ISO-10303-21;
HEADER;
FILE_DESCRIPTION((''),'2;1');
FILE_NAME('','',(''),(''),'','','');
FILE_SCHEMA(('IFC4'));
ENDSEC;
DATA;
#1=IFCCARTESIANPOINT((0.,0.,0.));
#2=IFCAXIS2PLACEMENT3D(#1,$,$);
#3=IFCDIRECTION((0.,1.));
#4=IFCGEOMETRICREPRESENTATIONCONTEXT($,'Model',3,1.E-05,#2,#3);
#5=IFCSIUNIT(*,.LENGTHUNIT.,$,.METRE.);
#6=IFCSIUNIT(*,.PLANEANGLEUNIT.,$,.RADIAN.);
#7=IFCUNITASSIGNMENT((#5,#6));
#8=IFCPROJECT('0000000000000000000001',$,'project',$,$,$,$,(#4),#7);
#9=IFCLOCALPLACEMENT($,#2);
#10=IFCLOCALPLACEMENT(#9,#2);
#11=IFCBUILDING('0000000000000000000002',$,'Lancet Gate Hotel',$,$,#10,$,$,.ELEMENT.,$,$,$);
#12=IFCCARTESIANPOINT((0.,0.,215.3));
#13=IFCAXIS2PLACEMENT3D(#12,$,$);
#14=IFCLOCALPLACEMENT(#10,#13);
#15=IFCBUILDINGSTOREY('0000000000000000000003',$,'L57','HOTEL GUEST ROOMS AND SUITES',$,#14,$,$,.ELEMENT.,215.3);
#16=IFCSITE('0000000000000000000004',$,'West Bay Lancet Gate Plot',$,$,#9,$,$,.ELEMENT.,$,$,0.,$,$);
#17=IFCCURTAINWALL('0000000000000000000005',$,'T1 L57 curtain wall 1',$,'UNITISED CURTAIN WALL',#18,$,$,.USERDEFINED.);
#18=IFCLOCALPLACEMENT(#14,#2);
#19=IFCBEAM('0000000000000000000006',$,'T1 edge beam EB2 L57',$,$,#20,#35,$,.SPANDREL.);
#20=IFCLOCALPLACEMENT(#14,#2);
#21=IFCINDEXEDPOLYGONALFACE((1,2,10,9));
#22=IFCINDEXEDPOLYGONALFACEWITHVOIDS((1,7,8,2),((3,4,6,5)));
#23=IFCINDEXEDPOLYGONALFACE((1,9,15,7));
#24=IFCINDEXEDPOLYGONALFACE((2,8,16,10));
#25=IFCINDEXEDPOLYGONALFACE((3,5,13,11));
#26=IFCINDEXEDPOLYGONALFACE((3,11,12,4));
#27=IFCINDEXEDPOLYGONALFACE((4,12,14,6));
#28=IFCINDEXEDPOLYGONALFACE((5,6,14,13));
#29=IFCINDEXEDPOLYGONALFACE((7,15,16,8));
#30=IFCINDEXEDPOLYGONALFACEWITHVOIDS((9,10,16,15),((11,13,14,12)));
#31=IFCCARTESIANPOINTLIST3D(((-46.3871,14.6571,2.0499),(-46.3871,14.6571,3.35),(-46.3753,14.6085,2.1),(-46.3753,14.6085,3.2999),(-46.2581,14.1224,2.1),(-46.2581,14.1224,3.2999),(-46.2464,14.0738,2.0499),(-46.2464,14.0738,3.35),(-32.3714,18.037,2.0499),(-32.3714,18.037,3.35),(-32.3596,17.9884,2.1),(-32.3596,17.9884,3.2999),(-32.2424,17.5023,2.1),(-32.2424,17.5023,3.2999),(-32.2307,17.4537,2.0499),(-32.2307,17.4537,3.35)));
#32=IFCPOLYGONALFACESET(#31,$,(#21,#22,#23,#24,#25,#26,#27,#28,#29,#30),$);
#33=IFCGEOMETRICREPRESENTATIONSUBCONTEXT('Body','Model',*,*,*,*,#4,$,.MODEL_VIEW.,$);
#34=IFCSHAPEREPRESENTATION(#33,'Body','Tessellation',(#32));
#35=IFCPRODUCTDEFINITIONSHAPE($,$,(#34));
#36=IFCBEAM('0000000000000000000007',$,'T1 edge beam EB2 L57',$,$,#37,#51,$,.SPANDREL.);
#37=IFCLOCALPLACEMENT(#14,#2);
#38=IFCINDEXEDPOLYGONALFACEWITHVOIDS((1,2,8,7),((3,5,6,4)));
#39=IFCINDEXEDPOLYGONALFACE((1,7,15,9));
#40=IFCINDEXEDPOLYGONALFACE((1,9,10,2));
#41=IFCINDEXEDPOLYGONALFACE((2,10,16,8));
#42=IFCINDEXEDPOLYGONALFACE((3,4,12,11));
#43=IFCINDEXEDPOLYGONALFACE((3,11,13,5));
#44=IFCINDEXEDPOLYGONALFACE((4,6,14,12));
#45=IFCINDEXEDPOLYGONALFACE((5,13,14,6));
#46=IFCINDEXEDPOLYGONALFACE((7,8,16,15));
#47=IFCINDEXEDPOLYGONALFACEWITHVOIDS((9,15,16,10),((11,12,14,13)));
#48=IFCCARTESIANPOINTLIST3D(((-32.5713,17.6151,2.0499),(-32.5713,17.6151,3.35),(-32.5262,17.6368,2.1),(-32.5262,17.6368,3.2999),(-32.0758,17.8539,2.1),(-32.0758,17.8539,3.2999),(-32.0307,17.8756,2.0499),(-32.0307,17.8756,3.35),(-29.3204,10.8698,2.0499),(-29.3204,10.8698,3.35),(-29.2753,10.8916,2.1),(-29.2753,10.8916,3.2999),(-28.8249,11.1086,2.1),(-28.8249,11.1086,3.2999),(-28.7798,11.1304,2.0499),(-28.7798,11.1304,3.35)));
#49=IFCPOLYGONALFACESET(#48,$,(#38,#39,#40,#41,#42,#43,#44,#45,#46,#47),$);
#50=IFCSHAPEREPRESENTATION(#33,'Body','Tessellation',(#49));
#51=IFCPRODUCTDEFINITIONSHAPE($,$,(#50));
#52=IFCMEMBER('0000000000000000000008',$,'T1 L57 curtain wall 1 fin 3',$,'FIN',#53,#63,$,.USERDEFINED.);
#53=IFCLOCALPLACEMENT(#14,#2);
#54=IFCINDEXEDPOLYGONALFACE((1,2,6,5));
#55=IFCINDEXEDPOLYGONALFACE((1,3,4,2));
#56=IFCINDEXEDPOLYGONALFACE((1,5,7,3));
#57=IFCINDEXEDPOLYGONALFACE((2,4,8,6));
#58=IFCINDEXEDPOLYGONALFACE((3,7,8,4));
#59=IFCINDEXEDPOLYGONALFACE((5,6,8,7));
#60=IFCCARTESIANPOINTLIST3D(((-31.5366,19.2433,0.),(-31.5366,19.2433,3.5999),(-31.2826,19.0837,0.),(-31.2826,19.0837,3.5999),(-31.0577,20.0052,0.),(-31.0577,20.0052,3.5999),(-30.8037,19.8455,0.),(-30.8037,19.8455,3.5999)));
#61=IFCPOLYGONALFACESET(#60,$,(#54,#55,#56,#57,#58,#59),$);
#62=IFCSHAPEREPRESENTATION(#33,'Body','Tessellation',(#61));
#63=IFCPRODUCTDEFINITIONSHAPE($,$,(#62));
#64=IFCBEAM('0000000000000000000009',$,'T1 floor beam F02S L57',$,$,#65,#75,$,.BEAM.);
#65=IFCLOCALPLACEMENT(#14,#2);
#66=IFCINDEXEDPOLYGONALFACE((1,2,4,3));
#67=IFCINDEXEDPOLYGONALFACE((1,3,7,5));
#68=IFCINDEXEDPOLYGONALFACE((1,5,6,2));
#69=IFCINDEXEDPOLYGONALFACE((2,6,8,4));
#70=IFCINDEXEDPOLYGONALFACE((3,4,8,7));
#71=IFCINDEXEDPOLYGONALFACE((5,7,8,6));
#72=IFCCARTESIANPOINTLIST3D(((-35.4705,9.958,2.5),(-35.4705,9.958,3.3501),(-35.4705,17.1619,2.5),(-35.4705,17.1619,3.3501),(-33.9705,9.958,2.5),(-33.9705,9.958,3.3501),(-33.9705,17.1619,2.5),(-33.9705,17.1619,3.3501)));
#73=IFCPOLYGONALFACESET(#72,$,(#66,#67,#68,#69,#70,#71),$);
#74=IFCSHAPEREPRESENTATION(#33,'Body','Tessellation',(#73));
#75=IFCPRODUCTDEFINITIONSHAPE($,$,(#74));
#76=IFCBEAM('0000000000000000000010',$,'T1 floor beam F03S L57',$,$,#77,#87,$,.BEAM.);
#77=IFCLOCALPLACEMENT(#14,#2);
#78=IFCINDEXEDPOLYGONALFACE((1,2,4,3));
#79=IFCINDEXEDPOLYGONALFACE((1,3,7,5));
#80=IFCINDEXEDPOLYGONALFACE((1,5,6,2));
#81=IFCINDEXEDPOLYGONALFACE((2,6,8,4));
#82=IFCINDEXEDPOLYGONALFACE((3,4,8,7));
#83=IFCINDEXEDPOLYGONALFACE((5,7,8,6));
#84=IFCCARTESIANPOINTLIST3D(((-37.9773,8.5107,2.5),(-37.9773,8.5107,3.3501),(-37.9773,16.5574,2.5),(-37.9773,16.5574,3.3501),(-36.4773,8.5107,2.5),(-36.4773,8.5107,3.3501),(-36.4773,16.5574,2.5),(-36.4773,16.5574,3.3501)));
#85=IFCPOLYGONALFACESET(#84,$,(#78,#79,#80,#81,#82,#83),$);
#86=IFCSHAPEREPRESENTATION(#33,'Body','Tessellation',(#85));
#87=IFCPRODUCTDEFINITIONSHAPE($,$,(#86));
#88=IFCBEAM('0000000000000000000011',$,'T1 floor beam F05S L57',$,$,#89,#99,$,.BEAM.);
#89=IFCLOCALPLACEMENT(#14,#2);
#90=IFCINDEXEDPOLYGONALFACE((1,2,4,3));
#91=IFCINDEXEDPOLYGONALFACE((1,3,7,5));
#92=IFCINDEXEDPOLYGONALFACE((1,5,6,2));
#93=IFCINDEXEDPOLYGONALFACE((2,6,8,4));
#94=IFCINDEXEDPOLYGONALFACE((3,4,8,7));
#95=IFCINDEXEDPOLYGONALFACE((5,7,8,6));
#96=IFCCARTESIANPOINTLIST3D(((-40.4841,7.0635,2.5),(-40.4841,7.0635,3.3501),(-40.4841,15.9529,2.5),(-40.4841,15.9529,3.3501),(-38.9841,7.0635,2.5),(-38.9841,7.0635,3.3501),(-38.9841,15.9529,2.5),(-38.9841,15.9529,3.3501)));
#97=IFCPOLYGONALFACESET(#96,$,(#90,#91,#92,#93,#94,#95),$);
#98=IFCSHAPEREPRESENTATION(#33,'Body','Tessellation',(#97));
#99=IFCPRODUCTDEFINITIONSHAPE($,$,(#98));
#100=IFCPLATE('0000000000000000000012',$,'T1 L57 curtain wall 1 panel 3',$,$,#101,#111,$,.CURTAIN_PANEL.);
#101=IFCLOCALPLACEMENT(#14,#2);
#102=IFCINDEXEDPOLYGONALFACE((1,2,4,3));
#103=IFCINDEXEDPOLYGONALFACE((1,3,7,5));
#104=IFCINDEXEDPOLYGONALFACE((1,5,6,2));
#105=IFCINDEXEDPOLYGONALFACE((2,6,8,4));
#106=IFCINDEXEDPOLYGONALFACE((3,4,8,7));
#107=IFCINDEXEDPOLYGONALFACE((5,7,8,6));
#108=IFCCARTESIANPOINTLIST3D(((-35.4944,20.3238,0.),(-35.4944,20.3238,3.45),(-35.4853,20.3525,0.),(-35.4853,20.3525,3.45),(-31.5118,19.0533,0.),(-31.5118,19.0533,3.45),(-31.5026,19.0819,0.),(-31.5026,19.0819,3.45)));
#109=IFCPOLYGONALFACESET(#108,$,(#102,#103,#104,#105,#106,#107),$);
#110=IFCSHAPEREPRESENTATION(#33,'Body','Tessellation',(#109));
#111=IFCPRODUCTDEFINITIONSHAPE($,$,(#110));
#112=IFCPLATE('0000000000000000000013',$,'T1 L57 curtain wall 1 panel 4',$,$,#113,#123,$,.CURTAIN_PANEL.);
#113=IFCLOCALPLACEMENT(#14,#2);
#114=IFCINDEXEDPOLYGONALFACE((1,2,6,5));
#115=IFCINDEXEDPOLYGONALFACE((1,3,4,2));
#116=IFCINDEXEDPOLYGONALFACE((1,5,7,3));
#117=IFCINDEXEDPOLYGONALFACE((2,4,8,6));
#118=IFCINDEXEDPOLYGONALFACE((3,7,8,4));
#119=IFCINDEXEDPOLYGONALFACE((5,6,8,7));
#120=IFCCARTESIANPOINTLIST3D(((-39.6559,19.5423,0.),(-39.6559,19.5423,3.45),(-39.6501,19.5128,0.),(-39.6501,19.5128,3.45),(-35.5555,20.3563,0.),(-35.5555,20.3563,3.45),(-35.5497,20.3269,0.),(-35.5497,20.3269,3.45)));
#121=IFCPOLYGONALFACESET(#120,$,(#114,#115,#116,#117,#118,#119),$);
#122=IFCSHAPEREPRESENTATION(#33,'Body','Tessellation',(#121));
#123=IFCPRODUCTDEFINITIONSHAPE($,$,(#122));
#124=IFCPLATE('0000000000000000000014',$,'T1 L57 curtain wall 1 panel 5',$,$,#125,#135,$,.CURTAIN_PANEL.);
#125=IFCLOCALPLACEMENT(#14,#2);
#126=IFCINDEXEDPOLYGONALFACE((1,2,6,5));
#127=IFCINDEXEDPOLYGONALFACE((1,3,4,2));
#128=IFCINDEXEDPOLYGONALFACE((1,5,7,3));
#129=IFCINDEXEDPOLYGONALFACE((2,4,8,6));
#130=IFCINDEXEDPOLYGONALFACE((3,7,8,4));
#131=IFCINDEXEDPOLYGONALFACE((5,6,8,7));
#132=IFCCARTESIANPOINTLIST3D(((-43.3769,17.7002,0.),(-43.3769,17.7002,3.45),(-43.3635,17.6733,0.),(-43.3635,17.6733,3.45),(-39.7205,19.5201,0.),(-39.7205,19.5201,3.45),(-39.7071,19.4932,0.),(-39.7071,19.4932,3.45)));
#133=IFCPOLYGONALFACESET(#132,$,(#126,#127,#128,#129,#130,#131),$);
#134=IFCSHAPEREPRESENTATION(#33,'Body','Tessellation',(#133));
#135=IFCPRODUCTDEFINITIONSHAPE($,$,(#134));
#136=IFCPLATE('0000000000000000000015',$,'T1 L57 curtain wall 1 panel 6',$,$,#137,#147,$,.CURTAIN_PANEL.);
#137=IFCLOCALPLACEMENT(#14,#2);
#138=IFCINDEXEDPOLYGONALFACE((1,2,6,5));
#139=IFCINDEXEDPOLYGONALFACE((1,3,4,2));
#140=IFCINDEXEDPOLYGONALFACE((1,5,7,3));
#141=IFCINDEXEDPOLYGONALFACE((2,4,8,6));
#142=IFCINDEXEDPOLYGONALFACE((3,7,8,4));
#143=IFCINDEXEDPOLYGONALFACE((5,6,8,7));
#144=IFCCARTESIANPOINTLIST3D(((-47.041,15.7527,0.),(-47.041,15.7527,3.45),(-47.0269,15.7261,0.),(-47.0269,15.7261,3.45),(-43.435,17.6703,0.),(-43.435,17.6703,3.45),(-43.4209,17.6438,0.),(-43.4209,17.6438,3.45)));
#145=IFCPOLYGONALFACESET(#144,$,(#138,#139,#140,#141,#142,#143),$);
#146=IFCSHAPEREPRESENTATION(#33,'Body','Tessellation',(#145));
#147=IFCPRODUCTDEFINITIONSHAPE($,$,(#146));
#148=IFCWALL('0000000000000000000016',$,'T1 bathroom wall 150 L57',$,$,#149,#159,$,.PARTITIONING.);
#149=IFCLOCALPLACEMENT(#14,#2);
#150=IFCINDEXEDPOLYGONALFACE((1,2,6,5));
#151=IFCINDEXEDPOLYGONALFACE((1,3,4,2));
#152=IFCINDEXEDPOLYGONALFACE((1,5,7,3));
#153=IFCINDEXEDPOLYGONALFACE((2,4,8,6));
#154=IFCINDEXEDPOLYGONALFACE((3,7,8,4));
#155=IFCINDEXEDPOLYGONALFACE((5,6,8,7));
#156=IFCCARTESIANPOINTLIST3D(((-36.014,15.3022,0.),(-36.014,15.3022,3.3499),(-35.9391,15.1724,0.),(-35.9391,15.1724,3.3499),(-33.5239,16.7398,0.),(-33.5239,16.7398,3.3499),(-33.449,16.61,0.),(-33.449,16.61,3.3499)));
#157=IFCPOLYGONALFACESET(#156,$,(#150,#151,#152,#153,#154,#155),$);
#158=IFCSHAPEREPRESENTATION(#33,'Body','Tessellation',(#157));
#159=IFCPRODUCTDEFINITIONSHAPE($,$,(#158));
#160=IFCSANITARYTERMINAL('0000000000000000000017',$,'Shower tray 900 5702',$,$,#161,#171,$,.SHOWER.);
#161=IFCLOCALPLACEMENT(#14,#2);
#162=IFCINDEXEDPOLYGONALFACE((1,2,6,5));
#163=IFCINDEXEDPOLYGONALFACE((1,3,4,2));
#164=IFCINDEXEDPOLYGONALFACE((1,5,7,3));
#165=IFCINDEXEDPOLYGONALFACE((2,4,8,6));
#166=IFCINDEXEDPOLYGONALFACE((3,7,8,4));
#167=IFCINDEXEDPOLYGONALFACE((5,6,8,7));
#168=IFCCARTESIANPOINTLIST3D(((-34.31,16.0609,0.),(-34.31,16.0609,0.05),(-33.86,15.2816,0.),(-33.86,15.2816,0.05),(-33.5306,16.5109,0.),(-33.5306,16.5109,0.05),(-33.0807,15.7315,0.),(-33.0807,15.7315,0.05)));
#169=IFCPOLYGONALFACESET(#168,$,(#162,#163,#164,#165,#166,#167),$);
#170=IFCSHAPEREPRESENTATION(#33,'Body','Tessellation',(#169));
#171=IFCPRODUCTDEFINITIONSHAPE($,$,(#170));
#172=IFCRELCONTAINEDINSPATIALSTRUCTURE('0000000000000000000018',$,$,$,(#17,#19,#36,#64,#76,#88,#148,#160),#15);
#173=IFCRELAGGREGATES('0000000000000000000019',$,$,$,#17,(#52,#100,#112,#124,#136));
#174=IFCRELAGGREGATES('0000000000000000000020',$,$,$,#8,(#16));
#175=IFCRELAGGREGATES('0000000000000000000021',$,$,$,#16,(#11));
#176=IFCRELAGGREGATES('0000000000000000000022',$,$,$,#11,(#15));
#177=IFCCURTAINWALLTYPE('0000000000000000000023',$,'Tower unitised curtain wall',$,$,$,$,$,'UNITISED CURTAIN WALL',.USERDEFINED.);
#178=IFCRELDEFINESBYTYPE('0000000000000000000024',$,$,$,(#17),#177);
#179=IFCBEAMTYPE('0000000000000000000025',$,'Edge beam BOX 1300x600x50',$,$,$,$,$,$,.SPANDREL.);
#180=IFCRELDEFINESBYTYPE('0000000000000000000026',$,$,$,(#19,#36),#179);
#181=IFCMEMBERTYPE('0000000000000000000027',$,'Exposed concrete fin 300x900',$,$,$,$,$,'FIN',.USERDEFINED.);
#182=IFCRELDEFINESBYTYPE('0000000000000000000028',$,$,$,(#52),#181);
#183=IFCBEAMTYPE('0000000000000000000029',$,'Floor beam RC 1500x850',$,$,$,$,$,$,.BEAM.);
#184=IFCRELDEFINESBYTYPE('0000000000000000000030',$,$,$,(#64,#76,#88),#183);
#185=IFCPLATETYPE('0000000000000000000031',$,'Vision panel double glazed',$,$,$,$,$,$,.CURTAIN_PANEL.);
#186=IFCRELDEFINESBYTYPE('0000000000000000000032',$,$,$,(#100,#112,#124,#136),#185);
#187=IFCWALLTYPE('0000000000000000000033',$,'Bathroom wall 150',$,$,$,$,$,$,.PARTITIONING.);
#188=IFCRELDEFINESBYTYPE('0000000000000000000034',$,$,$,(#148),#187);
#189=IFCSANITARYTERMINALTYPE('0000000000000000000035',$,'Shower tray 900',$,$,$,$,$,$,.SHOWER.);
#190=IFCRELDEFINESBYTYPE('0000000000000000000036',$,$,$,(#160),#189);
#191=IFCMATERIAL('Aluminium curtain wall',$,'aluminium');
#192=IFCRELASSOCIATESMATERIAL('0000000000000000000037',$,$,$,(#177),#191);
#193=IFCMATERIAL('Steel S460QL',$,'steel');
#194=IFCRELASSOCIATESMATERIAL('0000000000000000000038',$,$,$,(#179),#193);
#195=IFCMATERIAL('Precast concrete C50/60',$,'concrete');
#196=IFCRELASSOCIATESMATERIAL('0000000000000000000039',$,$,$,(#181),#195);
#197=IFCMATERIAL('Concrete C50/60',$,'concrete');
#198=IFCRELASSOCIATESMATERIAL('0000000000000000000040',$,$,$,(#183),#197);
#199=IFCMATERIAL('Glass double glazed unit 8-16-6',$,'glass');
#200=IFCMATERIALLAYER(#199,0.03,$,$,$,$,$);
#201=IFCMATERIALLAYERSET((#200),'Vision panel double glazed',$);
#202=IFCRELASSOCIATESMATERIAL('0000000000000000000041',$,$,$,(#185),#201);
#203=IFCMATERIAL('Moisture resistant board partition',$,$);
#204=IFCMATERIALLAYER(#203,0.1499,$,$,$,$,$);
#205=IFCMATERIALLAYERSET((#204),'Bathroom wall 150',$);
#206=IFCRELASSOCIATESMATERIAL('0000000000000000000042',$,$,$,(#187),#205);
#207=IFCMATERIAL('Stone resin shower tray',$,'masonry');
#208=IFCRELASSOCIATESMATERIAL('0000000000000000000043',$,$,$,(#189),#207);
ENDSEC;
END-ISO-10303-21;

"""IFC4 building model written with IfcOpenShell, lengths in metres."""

from ifc_helpers import new_model, si_unit, direction, frame, frame_2d, origin, origin_2d, place, context, subcontext, project, spatial, rectangle, hollow_rectangle, extrude, material, layer, layer_set, material_profile, profile_set, type_object, element, aggregate, save


model = new_model("IFC4")

# Units and contexts
model_context = context("Model", 3, precision=1e-05, world=origin(), true_north=direction((0.0, 1.0)))
body_context = subcontext(model_context, "Body", "Model", "MODEL_VIEW")
ifc_project = project(units=[si_unit("LENGTHUNIT", "METRE"), si_unit("PLANEANGLEUNIT", "RADIAN")], contexts=[model_context])

# Site, building, storey
site_placement = place(None, origin())
site = spatial("IfcSite", under=ifc_project, at=site_placement, Name="West Bay Lancet Gate Plot", CompositionType="ELEMENT", RefElevation=0.0)
building_placement = place(site_placement, origin())
building = spatial("IfcBuilding", under=site, at=building_placement, Name="Lancet Gate Hotel", CompositionType="ELEMENT")
storey_placement = place(building_placement, frame((0.0, 0.0, 215.3)))
storey = spatial("IfcBuildingStorey", under=building, at=storey_placement, Name="L57", Description="HOTEL GUEST ROOMS AND SUITES", CompositionType="ELEMENT", Elevation=215.3)

# Curtain wall
ifc_material_1 = material(Name="Aluminium curtain wall", Category="aluminium")
curtain_wall_type = type_object("IfcCurtainWallType", Name="Tower unitised curtain wall", ElementType="UNITISED CURTAIN WALL", PredefinedType="USERDEFINED", material=ifc_material_1)
curtain_wall_placement = place(storey_placement, origin())
curtain_wall = element("IfcCurtainWall", 1, at=curtain_wall_placement, inside=storey, type_object=curtain_wall_type, Name="T1 L57 curtain wall 1", ObjectType="UNITISED CURTAIN WALL", PredefinedType="USERDEFINED")

# Beams
ifc_material_2 = material(Name="Steel S460QL", Category="steel")
ifc_material_profile_1 = material_profile(ifc_material_2, hollow_rectangle(XDim=0.6001, YDim=1.3, WallThickness=0.05, at=origin_2d()), Name="BOX 1300x600x50")
ifc_profile_set_1 = profile_set([ifc_material_profile_1], Name="Steel S460QL")
beam_type_1 = type_object("IfcBeamType", Name="Edge beam BOX 1300x600x50", PredefinedType="SPANDREL", material=ifc_profile_set_1)
beam_1_placement = place(storey_placement, frame((-32.301, 17.7454, 2.7), z_axis=(-0.972133, -0.234431, 0.0), x_axis=(0.234431, -0.972133, 0.0)))
element("IfcBeam", 2, at=beam_1_placement, inside=storey, type_object=beam_type_1, Name="T1 edge beam EB2 L57", PredefinedType="SPANDREL", context=body_context, shape_type="SweptSolid", body=[
    extrude(hollow_rectangle(XDim=0.6001, YDim=1.3, WallThickness=0.05, at=origin_2d()), origin(), (0.0, 0.0, 1.0), 14.4175),
])
beam_2_placement = place(storey_placement, frame((-32.301, 17.7454, 2.7), z_axis=(0.434164, -0.900834, 0.0), x_axis=(0.900834, 0.434164, 0.0)))
element("IfcBeam", 3, at=beam_2_placement, inside=storey, type_object=beam_type_1, Name="T1 edge beam EB2 L57", PredefinedType="SPANDREL", context=body_context, shape_type="SweptSolid", body=[
    extrude(hollow_rectangle(XDim=0.6001, YDim=1.3, WallThickness=0.05, at=origin_2d()), origin(), (0.0, 0.0, 1.0), 7.4878),
])

# Member
ifc_material_3 = material(Name="Precast concrete C50/60", Category="concrete")
ifc_material_profile_2 = material_profile(ifc_material_3, rectangle(XDim=0.3, YDim=0.8999, at=origin_2d()), Name="FIN 300x900")
ifc_profile_set_2 = profile_set([ifc_material_profile_2], Name="Precast concrete C50/60")
member_type_1 = type_object("IfcMemberType", Name="Exposed concrete fin 300x900", ElementType="FIN", PredefinedType="USERDEFINED", material=ifc_profile_set_2)
member_1_placement = place(storey_placement, frame((-31.1702, 19.5444, 0.0), z_axis=(0.0, 0.0, 1.0), x_axis=(-0.846613, 0.532209, 0.0)))
member_1 = element("IfcMember", 4, at=member_1_placement, type_object=member_type_1, Name="T1 L57 curtain wall 1 fin 3", ObjectType="FIN", PredefinedType="USERDEFINED", context=body_context, shape_type="SweptSolid", body=[
    extrude(rectangle(XDim=0.3, YDim=0.8999, at=origin_2d()), origin(), (0.0, 0.0, 1.0), 3.5999),
])

# Beams
ifc_material_4 = material(Name="Concrete C50/60", Category="concrete")
ifc_material_profile_3 = material_profile(ifc_material_4, rectangle(XDim=1.5, YDim=0.8501, at=origin_2d()), Name="RC 1500x850")
ifc_profile_set_3 = profile_set([ifc_material_profile_3], Name="Concrete C50/60")
beam_type_2 = type_object("IfcBeamType", Name="Floor beam RC 1500x850", PredefinedType="BEAM", material=ifc_profile_set_3)
beam_3_placement = place(storey_placement, frame((-34.7205, 17.1619, 2.925), z_axis=(0.0, -1.0, 0.0), x_axis=(1.0, 0.0, 0.0)))
element("IfcBeam", 5, at=beam_3_placement, inside=storey, type_object=beam_type_2, Name="T1 floor beam F02S L57", PredefinedType="BEAM", context=body_context, shape_type="SweptSolid", body=[
    extrude(rectangle(XDim=1.5, YDim=0.8501, at=origin_2d()), origin(), (0.0, 0.0, 1.0), 7.2039),
])
beam_4_placement = place(storey_placement, frame((-37.2273, 16.5574, 2.925), z_axis=(0.0, -1.0, 0.0), x_axis=(1.0, 0.0, 0.0)))
element("IfcBeam", 6, at=beam_4_placement, inside=storey, type_object=beam_type_2, Name="T1 floor beam F03S L57", PredefinedType="BEAM", context=body_context, shape_type="SweptSolid", body=[
    extrude(rectangle(XDim=1.5, YDim=0.8501, at=origin_2d()), origin(), (0.0, 0.0, 1.0), 8.0466),
])
beam_5_placement = place(storey_placement, frame((-39.7341, 15.9529, 2.925), z_axis=(0.0, -1.0, 0.0), x_axis=(1.0, 0.0, 0.0)))
element("IfcBeam", 7, at=beam_5_placement, inside=storey, type_object=beam_type_2, Name="T1 floor beam F05S L57", PredefinedType="BEAM", context=body_context, shape_type="SweptSolid", body=[
    extrude(rectangle(XDim=1.5, YDim=0.8501, at=origin_2d()), origin(), (0.0, 0.0, 1.0), 8.8894),
])

# Plates
ifc_material_5 = material(Name="Glass double glazed unit 8-16-6", Category="glass")
ifc_layer_1 = layer(ifc_material_5, 0.03)
ifc_layer_set_1 = layer_set([ifc_layer_1], Name="Vision panel double glazed")
plate_type = type_object("IfcPlateType", Name="Vision panel double glazed", PredefinedType="CURTAIN_PANEL", material=ifc_layer_set_1)
plate_1_placement = place(storey_placement, frame((-33.4985, 19.7029, 0.0), z_axis=(0.0, 0.0, 1.0), x_axis=(-0.952696, 0.303926, 0.0)))
plate_1 = element("IfcPlate", 8, at=plate_1_placement, type_object=plate_type, Name="T1 L57 curtain wall 1 panel 3", PredefinedType="CURTAIN_PANEL", context=body_context, shape_type="SweptSolid", body=[
    extrude(rectangle(XDim=4.1804, YDim=0.03, at=origin_2d()), origin(), (0.0, 0.0, 1.0), 3.45),
])
plate_2_placement = place(storey_placement, frame((-37.6028, 19.9346, 0.0), z_axis=(0.0, 0.0, 1.0), x_axis=(-0.980857, -0.194731, 0.0)))
plate_2 = element("IfcPlate", 9, at=plate_2_placement, type_object=plate_type, Name="T1 L57 curtain wall 1 panel 4", PredefinedType="CURTAIN_PANEL", context=body_context, shape_type="SweptSolid", body=[
    extrude(rectangle(XDim=4.1804, YDim=0.03, at=origin_2d()), origin(), (0.0, 0.0, 1.0), 3.45),
])
plate_3_placement = place(storey_placement, frame((-41.542, 18.5967, 0.0), z_axis=(0.0, 0.0, 1.0), x_axis=(-0.895234, -0.445596, 0.0)))
plate_3 = element("IfcPlate", 10, at=plate_3_placement, type_object=plate_type, Name="T1 L57 curtain wall 1 panel 5", PredefinedType="CURTAIN_PANEL", context=body_context, shape_type="SweptSolid", body=[
    extrude(rectangle(XDim=4.0842, YDim=0.03, at=origin_2d()), origin(), (0.0, 0.0, 1.0), 3.45),
])
plate_4_placement = place(storey_placement, frame((-45.231, 16.6982, 0.0), z_axis=(0.0, 0.0, 1.0), x_axis=(-0.882916, -0.469531, 0.0)))
plate_4 = element("IfcPlate", 11, at=plate_4_placement, type_object=plate_type, Name="T1 L57 curtain wall 1 panel 6", PredefinedType="CURTAIN_PANEL", context=body_context, shape_type="SweptSolid", body=[
    extrude(rectangle(XDim=4.0842, YDim=0.03, at=origin_2d()), origin(), (0.0, 0.0, 1.0), 3.45),
])
aggregate(curtain_wall, [member_1, plate_1, plate_2, plate_3, plate_4])

# Wall
ifc_material_6 = material(Name="Moisture resistant board partition")
ifc_layer_2 = layer(ifc_material_6, 0.1499)
ifc_layer_set_2 = layer_set([ifc_layer_2], Name="Bathroom wall 150")
wall_type = type_object("IfcWallType", Name="Bathroom wall 150", PredefinedType="PARTITIONING", material=ifc_layer_set_2)
wall_placement = place(storey_placement, frame((-33.4866, 16.6748, 0.0), z_axis=(0.0, 0.0, 1.0), x_axis=(-0.86604, -0.499975, 0.0)))
element("IfcWall", 12, at=wall_placement, inside=storey, type_object=wall_type, Name="T1 bathroom wall 150 L57", PredefinedType="PARTITIONING", context=body_context, shape_type="SweptSolid", body=[
    extrude(rectangle(XDim=2.8752, YDim=0.1499, at=frame_2d((1.4375, 0.0))), origin(), (0.0, 0.0, 1.0), 3.3499),
])

# Sanitary terminal
ifc_material_7 = material(Name="Stone resin shower tray", Category="masonry")
sanitary_terminal_type = type_object("IfcSanitaryTerminalType", Name="Shower tray 900", PredefinedType="SHOWER", material=ifc_material_7)
sanitary_terminal_placement = place(storey_placement, frame((-33.6953, 15.8962, 0.0), z_axis=(0.0, 0.0, 1.0), x_axis=(0.866025, 0.5, 0.0)))
element("IfcSanitaryTerminal", 13, at=sanitary_terminal_placement, inside=storey, type_object=sanitary_terminal_type, Name="Shower tray 900 5702", PredefinedType="SHOWER", context=body_context, shape_type="SweptSolid", body=[
    extrude(rectangle(XDim=0.8999, YDim=0.8999, at=origin_2d()), origin(), (0.0, 0.0, 1.0), 0.05),
])

save(model, "model.ifc")
